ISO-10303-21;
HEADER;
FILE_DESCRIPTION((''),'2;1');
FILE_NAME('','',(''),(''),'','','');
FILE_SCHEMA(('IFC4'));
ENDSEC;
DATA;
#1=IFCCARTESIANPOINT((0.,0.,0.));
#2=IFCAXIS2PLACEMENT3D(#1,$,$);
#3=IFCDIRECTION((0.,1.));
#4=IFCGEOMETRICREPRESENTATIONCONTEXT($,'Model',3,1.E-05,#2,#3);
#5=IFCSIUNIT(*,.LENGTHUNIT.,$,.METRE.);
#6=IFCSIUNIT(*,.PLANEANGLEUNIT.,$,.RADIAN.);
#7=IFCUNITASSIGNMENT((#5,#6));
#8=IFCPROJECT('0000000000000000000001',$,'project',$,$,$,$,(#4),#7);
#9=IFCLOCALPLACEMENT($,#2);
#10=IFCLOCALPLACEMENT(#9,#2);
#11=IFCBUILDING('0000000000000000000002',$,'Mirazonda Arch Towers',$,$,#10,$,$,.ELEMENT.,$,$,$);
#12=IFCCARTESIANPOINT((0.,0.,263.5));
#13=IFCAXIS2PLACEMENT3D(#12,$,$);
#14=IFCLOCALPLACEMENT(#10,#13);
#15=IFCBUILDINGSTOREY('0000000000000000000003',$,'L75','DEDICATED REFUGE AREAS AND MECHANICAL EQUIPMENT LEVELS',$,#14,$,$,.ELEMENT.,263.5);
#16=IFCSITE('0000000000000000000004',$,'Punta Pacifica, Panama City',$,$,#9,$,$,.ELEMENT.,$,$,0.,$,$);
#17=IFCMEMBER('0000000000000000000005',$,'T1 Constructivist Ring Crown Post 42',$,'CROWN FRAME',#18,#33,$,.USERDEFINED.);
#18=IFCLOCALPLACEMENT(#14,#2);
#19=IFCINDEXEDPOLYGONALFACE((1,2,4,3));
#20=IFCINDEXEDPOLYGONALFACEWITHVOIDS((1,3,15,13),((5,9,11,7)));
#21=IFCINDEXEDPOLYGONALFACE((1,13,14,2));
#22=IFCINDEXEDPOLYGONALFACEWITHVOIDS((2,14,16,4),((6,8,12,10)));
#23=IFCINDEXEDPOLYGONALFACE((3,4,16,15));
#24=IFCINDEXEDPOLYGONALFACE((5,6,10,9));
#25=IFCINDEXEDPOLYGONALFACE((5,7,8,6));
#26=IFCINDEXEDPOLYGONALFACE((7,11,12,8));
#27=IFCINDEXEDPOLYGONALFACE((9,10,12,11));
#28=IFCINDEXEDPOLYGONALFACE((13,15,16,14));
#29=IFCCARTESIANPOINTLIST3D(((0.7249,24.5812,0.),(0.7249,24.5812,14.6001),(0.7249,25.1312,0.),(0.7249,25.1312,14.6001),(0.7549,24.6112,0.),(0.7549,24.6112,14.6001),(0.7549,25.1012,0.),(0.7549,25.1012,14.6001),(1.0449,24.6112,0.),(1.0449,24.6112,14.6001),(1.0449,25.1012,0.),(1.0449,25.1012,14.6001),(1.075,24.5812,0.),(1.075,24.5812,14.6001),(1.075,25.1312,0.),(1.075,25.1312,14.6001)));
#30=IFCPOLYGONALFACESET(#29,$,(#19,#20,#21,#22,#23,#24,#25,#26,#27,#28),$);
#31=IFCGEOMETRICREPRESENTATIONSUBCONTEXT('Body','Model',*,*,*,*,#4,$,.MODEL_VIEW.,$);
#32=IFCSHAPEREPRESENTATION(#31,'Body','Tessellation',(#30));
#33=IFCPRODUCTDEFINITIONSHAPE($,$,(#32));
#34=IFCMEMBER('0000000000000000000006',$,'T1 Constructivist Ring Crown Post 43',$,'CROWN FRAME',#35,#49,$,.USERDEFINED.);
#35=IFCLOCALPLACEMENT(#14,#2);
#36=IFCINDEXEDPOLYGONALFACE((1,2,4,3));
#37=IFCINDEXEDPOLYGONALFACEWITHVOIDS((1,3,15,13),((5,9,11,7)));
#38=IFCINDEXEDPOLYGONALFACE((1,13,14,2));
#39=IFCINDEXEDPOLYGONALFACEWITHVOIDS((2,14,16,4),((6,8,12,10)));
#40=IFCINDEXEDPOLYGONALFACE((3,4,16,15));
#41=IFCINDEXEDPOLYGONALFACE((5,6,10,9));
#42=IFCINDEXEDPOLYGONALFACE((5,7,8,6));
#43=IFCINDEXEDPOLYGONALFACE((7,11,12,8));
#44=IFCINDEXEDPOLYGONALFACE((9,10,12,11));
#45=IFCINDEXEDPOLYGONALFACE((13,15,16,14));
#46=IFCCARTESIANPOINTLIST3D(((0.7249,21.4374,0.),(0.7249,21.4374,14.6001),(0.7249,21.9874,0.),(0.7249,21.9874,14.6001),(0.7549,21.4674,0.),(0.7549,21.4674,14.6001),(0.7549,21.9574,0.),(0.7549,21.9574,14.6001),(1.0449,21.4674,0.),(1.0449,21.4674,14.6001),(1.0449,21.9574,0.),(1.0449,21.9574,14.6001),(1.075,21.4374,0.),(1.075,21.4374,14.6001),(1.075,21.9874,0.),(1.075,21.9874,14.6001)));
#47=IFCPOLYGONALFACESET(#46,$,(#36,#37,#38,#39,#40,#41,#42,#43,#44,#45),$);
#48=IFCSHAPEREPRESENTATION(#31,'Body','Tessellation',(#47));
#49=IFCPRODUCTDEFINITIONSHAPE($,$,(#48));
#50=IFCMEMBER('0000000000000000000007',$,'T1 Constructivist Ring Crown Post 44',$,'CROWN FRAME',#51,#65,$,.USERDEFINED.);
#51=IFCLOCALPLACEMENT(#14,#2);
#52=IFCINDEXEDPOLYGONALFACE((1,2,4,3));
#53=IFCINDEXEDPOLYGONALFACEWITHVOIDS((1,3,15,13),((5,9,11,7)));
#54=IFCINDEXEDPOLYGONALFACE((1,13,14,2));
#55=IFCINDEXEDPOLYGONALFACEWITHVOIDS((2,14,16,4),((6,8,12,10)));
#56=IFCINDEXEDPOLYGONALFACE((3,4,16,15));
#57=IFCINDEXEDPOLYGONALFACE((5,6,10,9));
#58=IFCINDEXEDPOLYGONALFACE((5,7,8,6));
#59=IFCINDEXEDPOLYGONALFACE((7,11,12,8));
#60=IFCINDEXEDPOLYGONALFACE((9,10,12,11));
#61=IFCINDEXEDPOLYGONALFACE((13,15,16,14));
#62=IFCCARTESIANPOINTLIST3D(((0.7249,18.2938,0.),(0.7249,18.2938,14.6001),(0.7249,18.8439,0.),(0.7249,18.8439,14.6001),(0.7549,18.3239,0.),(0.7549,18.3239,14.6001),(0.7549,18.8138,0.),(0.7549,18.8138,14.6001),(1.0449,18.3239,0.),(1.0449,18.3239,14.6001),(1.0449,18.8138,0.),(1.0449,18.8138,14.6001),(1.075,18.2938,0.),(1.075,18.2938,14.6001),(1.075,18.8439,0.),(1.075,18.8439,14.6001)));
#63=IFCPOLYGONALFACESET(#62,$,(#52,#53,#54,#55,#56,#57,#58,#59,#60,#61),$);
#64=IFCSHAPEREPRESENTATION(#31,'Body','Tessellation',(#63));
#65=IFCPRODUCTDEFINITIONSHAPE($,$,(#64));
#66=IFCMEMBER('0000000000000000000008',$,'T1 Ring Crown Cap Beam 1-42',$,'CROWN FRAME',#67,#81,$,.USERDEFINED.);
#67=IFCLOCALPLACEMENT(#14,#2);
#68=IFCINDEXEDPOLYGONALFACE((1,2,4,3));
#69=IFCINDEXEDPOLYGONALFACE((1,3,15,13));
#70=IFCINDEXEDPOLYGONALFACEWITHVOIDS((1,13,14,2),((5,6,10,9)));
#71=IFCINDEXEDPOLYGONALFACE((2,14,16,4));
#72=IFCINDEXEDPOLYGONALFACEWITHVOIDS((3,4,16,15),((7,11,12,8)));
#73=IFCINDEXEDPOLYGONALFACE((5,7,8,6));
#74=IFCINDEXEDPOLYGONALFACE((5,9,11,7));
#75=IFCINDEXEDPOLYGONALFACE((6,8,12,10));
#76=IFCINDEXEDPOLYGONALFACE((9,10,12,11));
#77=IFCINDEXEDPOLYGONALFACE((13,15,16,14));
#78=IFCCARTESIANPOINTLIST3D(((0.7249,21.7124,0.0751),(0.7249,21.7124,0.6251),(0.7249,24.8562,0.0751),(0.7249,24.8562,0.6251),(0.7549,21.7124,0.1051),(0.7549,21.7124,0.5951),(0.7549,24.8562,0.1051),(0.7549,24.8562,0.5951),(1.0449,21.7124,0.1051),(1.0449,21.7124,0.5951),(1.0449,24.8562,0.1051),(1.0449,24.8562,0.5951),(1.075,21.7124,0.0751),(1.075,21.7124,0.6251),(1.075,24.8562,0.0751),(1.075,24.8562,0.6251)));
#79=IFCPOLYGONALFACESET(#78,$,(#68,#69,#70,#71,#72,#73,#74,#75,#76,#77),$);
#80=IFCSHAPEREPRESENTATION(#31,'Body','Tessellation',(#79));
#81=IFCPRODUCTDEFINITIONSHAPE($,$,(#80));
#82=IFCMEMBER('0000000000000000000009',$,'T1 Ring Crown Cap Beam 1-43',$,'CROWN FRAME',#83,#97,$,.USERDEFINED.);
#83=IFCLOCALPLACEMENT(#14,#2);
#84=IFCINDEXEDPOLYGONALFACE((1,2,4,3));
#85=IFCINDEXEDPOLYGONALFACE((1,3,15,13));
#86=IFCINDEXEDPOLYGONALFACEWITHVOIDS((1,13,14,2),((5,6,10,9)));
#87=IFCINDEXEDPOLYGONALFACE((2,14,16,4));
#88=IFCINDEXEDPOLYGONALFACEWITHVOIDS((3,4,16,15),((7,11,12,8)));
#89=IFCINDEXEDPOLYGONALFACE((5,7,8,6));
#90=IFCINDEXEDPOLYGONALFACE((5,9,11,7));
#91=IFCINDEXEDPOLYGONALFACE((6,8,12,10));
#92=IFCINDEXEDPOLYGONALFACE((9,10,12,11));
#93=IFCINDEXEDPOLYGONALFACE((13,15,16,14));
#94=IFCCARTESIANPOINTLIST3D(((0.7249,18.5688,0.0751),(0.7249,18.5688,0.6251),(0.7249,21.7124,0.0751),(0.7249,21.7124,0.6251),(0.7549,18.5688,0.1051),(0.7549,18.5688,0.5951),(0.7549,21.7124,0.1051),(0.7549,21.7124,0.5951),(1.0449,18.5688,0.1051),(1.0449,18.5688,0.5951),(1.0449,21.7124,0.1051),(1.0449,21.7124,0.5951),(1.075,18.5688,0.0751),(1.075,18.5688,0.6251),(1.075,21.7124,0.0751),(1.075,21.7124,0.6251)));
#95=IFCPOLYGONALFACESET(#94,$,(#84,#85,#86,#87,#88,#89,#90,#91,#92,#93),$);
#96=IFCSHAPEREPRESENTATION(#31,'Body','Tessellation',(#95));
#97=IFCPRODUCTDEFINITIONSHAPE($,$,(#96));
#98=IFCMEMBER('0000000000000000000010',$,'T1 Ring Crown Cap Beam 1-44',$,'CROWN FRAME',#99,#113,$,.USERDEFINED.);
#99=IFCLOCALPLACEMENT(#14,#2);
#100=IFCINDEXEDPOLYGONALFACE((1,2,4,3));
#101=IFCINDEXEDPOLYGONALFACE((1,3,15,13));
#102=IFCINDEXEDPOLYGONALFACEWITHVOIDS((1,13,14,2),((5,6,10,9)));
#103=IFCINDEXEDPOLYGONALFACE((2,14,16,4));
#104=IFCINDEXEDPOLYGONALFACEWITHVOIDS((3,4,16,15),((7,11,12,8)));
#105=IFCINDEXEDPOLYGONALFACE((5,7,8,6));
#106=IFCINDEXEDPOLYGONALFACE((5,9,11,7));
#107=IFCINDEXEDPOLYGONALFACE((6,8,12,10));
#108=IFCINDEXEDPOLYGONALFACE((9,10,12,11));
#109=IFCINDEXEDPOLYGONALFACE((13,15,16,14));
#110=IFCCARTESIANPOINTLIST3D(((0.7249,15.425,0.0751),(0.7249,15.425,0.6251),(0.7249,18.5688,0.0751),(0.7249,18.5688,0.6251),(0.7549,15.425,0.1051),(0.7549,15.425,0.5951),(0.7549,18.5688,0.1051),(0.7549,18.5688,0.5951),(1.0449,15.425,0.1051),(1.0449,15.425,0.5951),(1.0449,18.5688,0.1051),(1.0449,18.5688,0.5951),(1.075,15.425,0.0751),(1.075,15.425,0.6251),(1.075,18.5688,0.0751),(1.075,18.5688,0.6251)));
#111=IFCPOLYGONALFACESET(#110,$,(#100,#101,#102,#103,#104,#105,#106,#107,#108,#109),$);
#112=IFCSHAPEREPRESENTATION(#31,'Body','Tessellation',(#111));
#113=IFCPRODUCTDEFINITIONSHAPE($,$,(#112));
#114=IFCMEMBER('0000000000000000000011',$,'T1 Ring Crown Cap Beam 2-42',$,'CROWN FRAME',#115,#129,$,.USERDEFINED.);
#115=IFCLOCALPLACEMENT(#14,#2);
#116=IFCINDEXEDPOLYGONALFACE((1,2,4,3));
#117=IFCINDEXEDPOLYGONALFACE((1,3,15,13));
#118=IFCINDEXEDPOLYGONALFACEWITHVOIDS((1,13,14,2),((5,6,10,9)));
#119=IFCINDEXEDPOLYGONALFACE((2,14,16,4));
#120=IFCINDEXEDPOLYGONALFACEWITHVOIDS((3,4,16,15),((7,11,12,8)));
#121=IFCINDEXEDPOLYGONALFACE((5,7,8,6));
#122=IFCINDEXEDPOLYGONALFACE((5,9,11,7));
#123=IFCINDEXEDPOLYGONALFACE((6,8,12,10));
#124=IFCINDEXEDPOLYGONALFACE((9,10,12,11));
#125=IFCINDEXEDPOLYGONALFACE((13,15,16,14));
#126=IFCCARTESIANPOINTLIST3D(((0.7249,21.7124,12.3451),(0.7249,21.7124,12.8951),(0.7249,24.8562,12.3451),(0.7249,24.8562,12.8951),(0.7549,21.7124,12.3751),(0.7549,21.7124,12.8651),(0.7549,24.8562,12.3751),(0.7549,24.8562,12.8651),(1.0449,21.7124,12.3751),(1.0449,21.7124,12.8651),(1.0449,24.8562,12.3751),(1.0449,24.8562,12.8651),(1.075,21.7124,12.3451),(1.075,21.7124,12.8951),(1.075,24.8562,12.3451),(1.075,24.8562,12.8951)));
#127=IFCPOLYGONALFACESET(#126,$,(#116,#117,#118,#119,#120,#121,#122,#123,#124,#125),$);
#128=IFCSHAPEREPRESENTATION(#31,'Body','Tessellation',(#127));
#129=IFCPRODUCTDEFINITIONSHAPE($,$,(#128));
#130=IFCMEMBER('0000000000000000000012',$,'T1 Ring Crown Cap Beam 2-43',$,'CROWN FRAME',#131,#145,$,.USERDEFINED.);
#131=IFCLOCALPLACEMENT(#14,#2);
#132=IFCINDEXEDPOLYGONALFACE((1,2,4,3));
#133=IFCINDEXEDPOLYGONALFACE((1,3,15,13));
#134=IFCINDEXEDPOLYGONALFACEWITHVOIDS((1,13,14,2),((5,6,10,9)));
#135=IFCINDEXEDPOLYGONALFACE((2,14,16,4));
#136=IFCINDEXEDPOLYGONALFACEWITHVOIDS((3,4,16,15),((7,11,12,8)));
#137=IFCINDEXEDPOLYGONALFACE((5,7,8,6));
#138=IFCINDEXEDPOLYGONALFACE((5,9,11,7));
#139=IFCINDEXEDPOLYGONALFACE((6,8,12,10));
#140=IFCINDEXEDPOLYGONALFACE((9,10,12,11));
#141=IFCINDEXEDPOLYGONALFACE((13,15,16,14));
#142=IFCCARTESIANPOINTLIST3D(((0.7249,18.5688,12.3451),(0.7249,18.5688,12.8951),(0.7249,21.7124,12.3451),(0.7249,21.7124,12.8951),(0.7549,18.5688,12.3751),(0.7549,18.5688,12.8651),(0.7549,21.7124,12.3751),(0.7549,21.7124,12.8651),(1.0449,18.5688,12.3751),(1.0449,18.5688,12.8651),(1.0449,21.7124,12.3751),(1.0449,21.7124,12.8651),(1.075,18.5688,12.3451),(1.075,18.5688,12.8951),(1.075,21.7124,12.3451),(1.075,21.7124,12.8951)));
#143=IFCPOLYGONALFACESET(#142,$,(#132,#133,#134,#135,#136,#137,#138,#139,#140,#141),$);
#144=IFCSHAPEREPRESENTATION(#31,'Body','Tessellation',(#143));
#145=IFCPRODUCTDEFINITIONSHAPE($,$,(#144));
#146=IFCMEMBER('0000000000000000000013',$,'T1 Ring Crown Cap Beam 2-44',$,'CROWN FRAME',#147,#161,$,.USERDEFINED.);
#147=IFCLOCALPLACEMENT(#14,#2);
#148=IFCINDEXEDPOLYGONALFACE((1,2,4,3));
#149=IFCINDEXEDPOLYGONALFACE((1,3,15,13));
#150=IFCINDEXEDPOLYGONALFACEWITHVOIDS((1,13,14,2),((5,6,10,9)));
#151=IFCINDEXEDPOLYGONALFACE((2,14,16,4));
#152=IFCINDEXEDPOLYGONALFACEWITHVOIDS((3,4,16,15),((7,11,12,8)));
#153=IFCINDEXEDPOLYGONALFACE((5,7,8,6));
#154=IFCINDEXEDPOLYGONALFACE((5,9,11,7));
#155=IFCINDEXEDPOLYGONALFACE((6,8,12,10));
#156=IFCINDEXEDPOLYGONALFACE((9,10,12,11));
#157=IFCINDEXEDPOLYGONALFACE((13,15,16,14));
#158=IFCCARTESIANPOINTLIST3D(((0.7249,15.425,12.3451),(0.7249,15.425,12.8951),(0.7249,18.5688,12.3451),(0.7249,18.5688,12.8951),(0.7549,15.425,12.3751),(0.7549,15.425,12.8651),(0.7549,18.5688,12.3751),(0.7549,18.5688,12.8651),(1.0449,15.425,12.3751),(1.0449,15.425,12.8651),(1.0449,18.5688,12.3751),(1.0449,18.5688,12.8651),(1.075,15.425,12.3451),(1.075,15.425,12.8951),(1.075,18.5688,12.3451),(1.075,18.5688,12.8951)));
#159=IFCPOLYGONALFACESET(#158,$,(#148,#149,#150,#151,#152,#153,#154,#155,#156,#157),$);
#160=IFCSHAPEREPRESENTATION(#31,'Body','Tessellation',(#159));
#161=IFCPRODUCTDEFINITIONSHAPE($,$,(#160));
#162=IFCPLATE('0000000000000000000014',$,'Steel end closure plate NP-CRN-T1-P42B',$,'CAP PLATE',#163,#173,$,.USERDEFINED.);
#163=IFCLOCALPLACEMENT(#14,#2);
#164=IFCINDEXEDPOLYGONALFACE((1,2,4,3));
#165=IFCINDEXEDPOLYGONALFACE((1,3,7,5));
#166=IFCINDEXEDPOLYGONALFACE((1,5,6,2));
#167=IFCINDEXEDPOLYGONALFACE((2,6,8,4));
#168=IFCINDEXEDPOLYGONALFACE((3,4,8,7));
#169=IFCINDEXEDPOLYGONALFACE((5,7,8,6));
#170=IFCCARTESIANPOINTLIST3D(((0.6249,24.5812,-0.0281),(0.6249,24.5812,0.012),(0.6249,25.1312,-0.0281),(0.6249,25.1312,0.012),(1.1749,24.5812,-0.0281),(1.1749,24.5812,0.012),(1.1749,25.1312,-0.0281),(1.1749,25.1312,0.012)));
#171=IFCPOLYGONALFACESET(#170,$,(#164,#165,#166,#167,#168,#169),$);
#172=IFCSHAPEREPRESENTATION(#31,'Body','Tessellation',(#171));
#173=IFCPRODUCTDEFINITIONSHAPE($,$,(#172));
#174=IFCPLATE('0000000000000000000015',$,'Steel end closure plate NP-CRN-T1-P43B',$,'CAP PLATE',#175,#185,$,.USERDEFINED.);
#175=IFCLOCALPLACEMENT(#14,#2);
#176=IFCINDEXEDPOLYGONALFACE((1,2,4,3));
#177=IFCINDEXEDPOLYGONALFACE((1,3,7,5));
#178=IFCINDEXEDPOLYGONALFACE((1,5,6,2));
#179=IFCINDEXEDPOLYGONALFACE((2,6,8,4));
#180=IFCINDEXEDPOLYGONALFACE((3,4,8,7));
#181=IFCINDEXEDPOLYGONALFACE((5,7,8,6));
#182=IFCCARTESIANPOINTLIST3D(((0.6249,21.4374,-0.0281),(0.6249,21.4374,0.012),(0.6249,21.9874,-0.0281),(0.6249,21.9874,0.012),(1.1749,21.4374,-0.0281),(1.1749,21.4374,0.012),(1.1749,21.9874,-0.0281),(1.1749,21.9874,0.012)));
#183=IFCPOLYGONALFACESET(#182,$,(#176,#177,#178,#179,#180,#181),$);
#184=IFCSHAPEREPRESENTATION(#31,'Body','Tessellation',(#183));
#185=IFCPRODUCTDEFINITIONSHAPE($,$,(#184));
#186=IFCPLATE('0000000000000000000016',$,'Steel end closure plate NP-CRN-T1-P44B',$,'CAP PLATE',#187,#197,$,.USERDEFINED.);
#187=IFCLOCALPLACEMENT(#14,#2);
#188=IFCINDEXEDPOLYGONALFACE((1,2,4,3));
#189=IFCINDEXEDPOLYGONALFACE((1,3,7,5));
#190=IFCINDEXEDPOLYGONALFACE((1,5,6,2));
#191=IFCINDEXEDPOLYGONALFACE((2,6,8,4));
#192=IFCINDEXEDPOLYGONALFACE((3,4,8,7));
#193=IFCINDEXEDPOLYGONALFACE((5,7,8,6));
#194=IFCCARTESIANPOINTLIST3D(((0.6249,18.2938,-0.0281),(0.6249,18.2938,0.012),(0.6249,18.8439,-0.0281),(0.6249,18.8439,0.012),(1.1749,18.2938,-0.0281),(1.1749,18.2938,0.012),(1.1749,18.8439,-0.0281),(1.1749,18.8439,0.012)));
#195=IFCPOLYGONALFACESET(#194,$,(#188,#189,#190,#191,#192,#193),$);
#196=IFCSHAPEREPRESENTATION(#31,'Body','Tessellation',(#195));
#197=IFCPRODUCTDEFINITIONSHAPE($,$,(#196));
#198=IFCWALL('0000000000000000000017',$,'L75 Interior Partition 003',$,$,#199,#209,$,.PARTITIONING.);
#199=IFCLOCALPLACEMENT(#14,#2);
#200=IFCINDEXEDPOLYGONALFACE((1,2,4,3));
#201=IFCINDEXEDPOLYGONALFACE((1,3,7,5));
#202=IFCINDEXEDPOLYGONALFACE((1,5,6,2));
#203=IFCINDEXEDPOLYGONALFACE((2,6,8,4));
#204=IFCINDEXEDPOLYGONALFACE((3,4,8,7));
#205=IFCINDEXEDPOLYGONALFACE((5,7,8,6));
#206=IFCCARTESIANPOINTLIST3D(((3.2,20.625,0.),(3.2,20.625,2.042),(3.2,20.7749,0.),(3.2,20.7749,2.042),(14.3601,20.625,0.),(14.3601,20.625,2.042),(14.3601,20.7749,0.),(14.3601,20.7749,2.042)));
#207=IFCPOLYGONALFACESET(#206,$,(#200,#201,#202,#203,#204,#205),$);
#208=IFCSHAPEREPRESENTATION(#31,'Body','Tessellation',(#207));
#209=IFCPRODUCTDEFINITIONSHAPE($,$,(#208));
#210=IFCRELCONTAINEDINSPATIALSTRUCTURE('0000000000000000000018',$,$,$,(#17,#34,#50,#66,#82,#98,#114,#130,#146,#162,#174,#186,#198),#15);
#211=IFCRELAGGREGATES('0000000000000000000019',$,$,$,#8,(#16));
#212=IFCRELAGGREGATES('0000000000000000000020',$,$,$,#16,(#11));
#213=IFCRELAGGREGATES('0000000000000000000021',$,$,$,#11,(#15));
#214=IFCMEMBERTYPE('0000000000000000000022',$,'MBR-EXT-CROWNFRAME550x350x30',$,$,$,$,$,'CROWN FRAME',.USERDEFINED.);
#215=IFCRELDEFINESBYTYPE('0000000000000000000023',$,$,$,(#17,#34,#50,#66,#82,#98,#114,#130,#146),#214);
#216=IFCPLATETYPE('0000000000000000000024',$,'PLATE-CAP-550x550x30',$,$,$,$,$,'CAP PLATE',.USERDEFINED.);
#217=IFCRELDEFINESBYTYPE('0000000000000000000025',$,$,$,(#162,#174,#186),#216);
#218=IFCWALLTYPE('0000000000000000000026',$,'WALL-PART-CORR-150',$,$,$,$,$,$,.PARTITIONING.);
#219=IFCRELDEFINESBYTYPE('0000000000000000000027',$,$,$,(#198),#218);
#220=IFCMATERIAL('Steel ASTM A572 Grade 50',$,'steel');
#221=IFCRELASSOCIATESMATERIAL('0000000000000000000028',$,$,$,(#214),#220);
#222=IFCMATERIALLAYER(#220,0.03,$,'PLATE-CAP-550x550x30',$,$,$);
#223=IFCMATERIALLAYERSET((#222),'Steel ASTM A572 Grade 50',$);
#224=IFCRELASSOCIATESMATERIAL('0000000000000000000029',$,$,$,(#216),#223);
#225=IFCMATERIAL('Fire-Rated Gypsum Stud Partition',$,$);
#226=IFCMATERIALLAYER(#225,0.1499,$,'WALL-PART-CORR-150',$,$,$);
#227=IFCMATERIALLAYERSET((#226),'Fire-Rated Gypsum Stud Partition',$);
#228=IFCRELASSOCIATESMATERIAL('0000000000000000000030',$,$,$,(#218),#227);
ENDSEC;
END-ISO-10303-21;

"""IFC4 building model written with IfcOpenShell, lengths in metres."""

from ifc_helpers import new_model, si_unit, direction, frame, frame_2d, origin, origin_2d, place, context, subcontext, project, spatial, rectangle, hollow_rectangle, extrude, material, layer, layer_set, material_profile, profile_set, type_object, element, save


model = new_model("IFC4")

# Units and contexts
model_context = context("Model", 3, precision=1e-05, world=origin(), true_north=direction((0.0, 1.0)))
body_context = subcontext(model_context, "Body", "Model", "MODEL_VIEW")
ifc_project = project(units=[si_unit("LENGTHUNIT", "METRE"), si_unit("PLANEANGLEUNIT", "RADIAN")], contexts=[model_context])

# Site, building, storey
site_placement = place(None, origin())
site = spatial("IfcSite", under=ifc_project, at=site_placement, Name="Punta Pacifica, Panama City", CompositionType="ELEMENT", RefElevation=0.0)
building_placement = place(site_placement, origin())
building = spatial("IfcBuilding", under=site, at=building_placement, Name="Mirazonda Arch Towers", CompositionType="ELEMENT")
storey_placement = place(building_placement, frame((0.0, 0.0, 263.5)))
storey = spatial("IfcBuildingStorey", under=building, at=storey_placement, Name="L75", Description="DEDICATED REFUGE AREAS AND MECHANICAL EQUIPMENT LEVELS", CompositionType="ELEMENT", Elevation=263.5)

# Shared definitions
ifc_material_1 = material(Name="Steel ASTM A572 Grade 50", Category="steel")

# Members
ifc_material_profile_1 = material_profile(ifc_material_1, hollow_rectangle(XDim=0.3501, YDim=0.55, WallThickness=0.03, at=origin_2d()), Name="CROWNFRAME550x350x30")
ifc_profile_set_1 = profile_set([ifc_material_profile_1], Name="Steel ASTM A572 Grade 50")
member_type_1 = type_object("IfcMemberType", Name="MBR-EXT-CROWNFRAME550x350x30", ElementType="CROWN FRAME", PredefinedType="USERDEFINED", material=ifc_profile_set_1)
for number, where, z_axis, x_axis, name in (
    (1, (0.8999, 24.8562, 0.0), (0.0, 0.0, 1.0), (1.0, 0.0, 0.0), "T1 Constructivist Ring Crown Post 42"),
    (2, (0.8999, 21.7124, 0.0), (0.0, 0.0, 1.0), (1.0, 0.0, 0.0), "T1 Constructivist Ring Crown Post 43"),
    (3, (0.8999, 18.5688, 0.0), (0.0, 0.0, 1.0), (1.0, 0.0, 0.0), "T1 Constructivist Ring Crown Post 44"),
):
    element("IfcMember", number, at=place(storey_placement, frame(where, z_axis=z_axis, x_axis=x_axis)), inside=storey, type_object=member_type_1, Name=name, ObjectType="CROWN FRAME", PredefinedType="USERDEFINED", context=body_context, shape_type="SweptSolid", body=[
        extrude(hollow_rectangle(XDim=0.3501, YDim=0.55, WallThickness=0.03, at=origin_2d()), origin(), (0.0, 0.0, 1.0), 14.6001),
    ])
member_1_placement = place(storey_placement, frame((0.8999, 24.8562, 0.3501), z_axis=(0.0, -1.0, 0.0), x_axis=(1.0, 0.0, 0.0)))
element("IfcMember", 4, at=member_1_placement, inside=storey, type_object=member_type_1, Name="T1 Ring Crown Cap Beam 1-42", ObjectType="CROWN FRAME", PredefinedType="USERDEFINED", context=body_context, shape_type="SweptSolid", body=[
    extrude(hollow_rectangle(XDim=0.3501, YDim=0.55, WallThickness=0.03, at=origin_2d()), origin(), (0.0, 0.0, 1.0), 3.1438),
])
member_2_placement = place(storey_placement, frame((0.8999, 21.7124, 0.3501), z_axis=(0.0, -1.0, 0.0), x_axis=(1.0, 0.0, 0.0)))
element("IfcMember", 5, at=member_2_placement, inside=storey, type_object=member_type_1, Name="T1 Ring Crown Cap Beam 1-43", ObjectType="CROWN FRAME", PredefinedType="USERDEFINED", context=body_context, shape_type="SweptSolid", body=[
    extrude(hollow_rectangle(XDim=0.3501, YDim=0.55, WallThickness=0.03, at=origin_2d()), origin(), (0.0, 0.0, 1.0), 3.1436),
])
for number, where, z_axis, x_axis, name in (
    (6, (0.8999, 18.5688, 0.3501), (0.0, -1.0, 0.0), (1.0, 0.0, 0.0), "T1 Ring Crown Cap Beam 1-44"),
    (7, (0.8999, 24.8562, 12.6201), (0.0, -1.0, 0.0), (1.0, 0.0, 0.0), "T1 Ring Crown Cap Beam 2-42"),
):
    element("IfcMember", number, at=place(storey_placement, frame(where, z_axis=z_axis, x_axis=x_axis)), inside=storey, type_object=member_type_1, Name=name, ObjectType="CROWN FRAME", PredefinedType="USERDEFINED", context=body_context, shape_type="SweptSolid", body=[
        extrude(hollow_rectangle(XDim=0.3501, YDim=0.55, WallThickness=0.03, at=origin_2d()), origin(), (0.0, 0.0, 1.0), 3.1438),
    ])
member_3_placement = place(storey_placement, frame((0.8999, 21.7124, 12.6201), z_axis=(0.0, -1.0, 0.0), x_axis=(1.0, 0.0, 0.0)))
element("IfcMember", 8, at=member_3_placement, inside=storey, type_object=member_type_1, Name="T1 Ring Crown Cap Beam 2-43", ObjectType="CROWN FRAME", PredefinedType="USERDEFINED", context=body_context, shape_type="SweptSolid", body=[
    extrude(hollow_rectangle(XDim=0.3501, YDim=0.55, WallThickness=0.03, at=origin_2d()), origin(), (0.0, 0.0, 1.0), 3.1436),
])
member_4_placement = place(storey_placement, frame((0.8999, 18.5688, 12.6201), z_axis=(0.0, -1.0, 0.0), x_axis=(1.0, 0.0, 0.0)))
element("IfcMember", 9, at=member_4_placement, inside=storey, type_object=member_type_1, Name="T1 Ring Crown Cap Beam 2-44", ObjectType="CROWN FRAME", PredefinedType="USERDEFINED", context=body_context, shape_type="SweptSolid", body=[
    extrude(hollow_rectangle(XDim=0.3501, YDim=0.55, WallThickness=0.03, at=origin_2d()), origin(), (0.0, 0.0, 1.0), 3.1438),
])

# Plates
ifc_layer_1 = layer(ifc_material_1, 0.03, Name="PLATE-CAP-550x550x30")
ifc_layer_set_1 = layer_set([ifc_layer_1], Name="Steel ASTM A572 Grade 50")
plate_type = type_object("IfcPlateType", Name="PLATE-CAP-550x550x30", ElementType="CAP PLATE", PredefinedType="USERDEFINED", material=ifc_layer_set_1)
for number, where, z_axis, x_axis, name in (
    (10, (0.8999, 24.8562, -0.0281), (0.0, 0.0, 1.0), (1.0, 0.0, 0.0), "Steel end closure plate NP-CRN-T1-P42B"),
    (11, (0.8999, 21.7124, -0.0281), (0.0, 0.0, 1.0), (1.0, 0.0, 0.0), "Steel end closure plate NP-CRN-T1-P43B"),
    (12, (0.8999, 18.5688, -0.0281), (0.0, 0.0, 1.0), (1.0, 0.0, 0.0), "Steel end closure plate NP-CRN-T1-P44B"),
):
    element("IfcPlate", number, at=place(storey_placement, frame(where, z_axis=z_axis, x_axis=x_axis)), inside=storey, type_object=plate_type, Name=name, ObjectType="CAP PLATE", PredefinedType="USERDEFINED", context=body_context, shape_type="SweptSolid", body=[
        extrude(rectangle(XDim=0.55, YDim=0.55, at=origin_2d()), origin(), (0.0, 0.0, 1.0), 0.04),
    ])

# Wall
ifc_material_2 = material(Name="Fire-Rated Gypsum Stud Partition")
ifc_layer_2 = layer(ifc_material_2, 0.1499, Name="WALL-PART-CORR-150")
ifc_layer_set_2 = layer_set([ifc_layer_2], Name="Fire-Rated Gypsum Stud Partition")
wall_type = type_object("IfcWallType", Name="WALL-PART-CORR-150", PredefinedType="PARTITIONING", material=ifc_layer_set_2)
wall_1_placement = place(storey_placement, frame((3.2, 20.7, 0.0), z_axis=(0.0, 0.0, 1.0), x_axis=(1.0, 0.0, 0.0)))
element("IfcWall", 13, at=wall_1_placement, inside=storey, type_object=wall_type, Name="L75 Interior Partition 003", PredefinedType="PARTITIONING", context=body_context, shape_type="SweptSolid", body=[
    extrude(rectangle(XDim=11.1602, YDim=0.1499, at=frame_2d((5.5801, 0.0))), origin(), (0.0, 0.0, 1.0), 2.042),
])

save(model, "model.ifc")
